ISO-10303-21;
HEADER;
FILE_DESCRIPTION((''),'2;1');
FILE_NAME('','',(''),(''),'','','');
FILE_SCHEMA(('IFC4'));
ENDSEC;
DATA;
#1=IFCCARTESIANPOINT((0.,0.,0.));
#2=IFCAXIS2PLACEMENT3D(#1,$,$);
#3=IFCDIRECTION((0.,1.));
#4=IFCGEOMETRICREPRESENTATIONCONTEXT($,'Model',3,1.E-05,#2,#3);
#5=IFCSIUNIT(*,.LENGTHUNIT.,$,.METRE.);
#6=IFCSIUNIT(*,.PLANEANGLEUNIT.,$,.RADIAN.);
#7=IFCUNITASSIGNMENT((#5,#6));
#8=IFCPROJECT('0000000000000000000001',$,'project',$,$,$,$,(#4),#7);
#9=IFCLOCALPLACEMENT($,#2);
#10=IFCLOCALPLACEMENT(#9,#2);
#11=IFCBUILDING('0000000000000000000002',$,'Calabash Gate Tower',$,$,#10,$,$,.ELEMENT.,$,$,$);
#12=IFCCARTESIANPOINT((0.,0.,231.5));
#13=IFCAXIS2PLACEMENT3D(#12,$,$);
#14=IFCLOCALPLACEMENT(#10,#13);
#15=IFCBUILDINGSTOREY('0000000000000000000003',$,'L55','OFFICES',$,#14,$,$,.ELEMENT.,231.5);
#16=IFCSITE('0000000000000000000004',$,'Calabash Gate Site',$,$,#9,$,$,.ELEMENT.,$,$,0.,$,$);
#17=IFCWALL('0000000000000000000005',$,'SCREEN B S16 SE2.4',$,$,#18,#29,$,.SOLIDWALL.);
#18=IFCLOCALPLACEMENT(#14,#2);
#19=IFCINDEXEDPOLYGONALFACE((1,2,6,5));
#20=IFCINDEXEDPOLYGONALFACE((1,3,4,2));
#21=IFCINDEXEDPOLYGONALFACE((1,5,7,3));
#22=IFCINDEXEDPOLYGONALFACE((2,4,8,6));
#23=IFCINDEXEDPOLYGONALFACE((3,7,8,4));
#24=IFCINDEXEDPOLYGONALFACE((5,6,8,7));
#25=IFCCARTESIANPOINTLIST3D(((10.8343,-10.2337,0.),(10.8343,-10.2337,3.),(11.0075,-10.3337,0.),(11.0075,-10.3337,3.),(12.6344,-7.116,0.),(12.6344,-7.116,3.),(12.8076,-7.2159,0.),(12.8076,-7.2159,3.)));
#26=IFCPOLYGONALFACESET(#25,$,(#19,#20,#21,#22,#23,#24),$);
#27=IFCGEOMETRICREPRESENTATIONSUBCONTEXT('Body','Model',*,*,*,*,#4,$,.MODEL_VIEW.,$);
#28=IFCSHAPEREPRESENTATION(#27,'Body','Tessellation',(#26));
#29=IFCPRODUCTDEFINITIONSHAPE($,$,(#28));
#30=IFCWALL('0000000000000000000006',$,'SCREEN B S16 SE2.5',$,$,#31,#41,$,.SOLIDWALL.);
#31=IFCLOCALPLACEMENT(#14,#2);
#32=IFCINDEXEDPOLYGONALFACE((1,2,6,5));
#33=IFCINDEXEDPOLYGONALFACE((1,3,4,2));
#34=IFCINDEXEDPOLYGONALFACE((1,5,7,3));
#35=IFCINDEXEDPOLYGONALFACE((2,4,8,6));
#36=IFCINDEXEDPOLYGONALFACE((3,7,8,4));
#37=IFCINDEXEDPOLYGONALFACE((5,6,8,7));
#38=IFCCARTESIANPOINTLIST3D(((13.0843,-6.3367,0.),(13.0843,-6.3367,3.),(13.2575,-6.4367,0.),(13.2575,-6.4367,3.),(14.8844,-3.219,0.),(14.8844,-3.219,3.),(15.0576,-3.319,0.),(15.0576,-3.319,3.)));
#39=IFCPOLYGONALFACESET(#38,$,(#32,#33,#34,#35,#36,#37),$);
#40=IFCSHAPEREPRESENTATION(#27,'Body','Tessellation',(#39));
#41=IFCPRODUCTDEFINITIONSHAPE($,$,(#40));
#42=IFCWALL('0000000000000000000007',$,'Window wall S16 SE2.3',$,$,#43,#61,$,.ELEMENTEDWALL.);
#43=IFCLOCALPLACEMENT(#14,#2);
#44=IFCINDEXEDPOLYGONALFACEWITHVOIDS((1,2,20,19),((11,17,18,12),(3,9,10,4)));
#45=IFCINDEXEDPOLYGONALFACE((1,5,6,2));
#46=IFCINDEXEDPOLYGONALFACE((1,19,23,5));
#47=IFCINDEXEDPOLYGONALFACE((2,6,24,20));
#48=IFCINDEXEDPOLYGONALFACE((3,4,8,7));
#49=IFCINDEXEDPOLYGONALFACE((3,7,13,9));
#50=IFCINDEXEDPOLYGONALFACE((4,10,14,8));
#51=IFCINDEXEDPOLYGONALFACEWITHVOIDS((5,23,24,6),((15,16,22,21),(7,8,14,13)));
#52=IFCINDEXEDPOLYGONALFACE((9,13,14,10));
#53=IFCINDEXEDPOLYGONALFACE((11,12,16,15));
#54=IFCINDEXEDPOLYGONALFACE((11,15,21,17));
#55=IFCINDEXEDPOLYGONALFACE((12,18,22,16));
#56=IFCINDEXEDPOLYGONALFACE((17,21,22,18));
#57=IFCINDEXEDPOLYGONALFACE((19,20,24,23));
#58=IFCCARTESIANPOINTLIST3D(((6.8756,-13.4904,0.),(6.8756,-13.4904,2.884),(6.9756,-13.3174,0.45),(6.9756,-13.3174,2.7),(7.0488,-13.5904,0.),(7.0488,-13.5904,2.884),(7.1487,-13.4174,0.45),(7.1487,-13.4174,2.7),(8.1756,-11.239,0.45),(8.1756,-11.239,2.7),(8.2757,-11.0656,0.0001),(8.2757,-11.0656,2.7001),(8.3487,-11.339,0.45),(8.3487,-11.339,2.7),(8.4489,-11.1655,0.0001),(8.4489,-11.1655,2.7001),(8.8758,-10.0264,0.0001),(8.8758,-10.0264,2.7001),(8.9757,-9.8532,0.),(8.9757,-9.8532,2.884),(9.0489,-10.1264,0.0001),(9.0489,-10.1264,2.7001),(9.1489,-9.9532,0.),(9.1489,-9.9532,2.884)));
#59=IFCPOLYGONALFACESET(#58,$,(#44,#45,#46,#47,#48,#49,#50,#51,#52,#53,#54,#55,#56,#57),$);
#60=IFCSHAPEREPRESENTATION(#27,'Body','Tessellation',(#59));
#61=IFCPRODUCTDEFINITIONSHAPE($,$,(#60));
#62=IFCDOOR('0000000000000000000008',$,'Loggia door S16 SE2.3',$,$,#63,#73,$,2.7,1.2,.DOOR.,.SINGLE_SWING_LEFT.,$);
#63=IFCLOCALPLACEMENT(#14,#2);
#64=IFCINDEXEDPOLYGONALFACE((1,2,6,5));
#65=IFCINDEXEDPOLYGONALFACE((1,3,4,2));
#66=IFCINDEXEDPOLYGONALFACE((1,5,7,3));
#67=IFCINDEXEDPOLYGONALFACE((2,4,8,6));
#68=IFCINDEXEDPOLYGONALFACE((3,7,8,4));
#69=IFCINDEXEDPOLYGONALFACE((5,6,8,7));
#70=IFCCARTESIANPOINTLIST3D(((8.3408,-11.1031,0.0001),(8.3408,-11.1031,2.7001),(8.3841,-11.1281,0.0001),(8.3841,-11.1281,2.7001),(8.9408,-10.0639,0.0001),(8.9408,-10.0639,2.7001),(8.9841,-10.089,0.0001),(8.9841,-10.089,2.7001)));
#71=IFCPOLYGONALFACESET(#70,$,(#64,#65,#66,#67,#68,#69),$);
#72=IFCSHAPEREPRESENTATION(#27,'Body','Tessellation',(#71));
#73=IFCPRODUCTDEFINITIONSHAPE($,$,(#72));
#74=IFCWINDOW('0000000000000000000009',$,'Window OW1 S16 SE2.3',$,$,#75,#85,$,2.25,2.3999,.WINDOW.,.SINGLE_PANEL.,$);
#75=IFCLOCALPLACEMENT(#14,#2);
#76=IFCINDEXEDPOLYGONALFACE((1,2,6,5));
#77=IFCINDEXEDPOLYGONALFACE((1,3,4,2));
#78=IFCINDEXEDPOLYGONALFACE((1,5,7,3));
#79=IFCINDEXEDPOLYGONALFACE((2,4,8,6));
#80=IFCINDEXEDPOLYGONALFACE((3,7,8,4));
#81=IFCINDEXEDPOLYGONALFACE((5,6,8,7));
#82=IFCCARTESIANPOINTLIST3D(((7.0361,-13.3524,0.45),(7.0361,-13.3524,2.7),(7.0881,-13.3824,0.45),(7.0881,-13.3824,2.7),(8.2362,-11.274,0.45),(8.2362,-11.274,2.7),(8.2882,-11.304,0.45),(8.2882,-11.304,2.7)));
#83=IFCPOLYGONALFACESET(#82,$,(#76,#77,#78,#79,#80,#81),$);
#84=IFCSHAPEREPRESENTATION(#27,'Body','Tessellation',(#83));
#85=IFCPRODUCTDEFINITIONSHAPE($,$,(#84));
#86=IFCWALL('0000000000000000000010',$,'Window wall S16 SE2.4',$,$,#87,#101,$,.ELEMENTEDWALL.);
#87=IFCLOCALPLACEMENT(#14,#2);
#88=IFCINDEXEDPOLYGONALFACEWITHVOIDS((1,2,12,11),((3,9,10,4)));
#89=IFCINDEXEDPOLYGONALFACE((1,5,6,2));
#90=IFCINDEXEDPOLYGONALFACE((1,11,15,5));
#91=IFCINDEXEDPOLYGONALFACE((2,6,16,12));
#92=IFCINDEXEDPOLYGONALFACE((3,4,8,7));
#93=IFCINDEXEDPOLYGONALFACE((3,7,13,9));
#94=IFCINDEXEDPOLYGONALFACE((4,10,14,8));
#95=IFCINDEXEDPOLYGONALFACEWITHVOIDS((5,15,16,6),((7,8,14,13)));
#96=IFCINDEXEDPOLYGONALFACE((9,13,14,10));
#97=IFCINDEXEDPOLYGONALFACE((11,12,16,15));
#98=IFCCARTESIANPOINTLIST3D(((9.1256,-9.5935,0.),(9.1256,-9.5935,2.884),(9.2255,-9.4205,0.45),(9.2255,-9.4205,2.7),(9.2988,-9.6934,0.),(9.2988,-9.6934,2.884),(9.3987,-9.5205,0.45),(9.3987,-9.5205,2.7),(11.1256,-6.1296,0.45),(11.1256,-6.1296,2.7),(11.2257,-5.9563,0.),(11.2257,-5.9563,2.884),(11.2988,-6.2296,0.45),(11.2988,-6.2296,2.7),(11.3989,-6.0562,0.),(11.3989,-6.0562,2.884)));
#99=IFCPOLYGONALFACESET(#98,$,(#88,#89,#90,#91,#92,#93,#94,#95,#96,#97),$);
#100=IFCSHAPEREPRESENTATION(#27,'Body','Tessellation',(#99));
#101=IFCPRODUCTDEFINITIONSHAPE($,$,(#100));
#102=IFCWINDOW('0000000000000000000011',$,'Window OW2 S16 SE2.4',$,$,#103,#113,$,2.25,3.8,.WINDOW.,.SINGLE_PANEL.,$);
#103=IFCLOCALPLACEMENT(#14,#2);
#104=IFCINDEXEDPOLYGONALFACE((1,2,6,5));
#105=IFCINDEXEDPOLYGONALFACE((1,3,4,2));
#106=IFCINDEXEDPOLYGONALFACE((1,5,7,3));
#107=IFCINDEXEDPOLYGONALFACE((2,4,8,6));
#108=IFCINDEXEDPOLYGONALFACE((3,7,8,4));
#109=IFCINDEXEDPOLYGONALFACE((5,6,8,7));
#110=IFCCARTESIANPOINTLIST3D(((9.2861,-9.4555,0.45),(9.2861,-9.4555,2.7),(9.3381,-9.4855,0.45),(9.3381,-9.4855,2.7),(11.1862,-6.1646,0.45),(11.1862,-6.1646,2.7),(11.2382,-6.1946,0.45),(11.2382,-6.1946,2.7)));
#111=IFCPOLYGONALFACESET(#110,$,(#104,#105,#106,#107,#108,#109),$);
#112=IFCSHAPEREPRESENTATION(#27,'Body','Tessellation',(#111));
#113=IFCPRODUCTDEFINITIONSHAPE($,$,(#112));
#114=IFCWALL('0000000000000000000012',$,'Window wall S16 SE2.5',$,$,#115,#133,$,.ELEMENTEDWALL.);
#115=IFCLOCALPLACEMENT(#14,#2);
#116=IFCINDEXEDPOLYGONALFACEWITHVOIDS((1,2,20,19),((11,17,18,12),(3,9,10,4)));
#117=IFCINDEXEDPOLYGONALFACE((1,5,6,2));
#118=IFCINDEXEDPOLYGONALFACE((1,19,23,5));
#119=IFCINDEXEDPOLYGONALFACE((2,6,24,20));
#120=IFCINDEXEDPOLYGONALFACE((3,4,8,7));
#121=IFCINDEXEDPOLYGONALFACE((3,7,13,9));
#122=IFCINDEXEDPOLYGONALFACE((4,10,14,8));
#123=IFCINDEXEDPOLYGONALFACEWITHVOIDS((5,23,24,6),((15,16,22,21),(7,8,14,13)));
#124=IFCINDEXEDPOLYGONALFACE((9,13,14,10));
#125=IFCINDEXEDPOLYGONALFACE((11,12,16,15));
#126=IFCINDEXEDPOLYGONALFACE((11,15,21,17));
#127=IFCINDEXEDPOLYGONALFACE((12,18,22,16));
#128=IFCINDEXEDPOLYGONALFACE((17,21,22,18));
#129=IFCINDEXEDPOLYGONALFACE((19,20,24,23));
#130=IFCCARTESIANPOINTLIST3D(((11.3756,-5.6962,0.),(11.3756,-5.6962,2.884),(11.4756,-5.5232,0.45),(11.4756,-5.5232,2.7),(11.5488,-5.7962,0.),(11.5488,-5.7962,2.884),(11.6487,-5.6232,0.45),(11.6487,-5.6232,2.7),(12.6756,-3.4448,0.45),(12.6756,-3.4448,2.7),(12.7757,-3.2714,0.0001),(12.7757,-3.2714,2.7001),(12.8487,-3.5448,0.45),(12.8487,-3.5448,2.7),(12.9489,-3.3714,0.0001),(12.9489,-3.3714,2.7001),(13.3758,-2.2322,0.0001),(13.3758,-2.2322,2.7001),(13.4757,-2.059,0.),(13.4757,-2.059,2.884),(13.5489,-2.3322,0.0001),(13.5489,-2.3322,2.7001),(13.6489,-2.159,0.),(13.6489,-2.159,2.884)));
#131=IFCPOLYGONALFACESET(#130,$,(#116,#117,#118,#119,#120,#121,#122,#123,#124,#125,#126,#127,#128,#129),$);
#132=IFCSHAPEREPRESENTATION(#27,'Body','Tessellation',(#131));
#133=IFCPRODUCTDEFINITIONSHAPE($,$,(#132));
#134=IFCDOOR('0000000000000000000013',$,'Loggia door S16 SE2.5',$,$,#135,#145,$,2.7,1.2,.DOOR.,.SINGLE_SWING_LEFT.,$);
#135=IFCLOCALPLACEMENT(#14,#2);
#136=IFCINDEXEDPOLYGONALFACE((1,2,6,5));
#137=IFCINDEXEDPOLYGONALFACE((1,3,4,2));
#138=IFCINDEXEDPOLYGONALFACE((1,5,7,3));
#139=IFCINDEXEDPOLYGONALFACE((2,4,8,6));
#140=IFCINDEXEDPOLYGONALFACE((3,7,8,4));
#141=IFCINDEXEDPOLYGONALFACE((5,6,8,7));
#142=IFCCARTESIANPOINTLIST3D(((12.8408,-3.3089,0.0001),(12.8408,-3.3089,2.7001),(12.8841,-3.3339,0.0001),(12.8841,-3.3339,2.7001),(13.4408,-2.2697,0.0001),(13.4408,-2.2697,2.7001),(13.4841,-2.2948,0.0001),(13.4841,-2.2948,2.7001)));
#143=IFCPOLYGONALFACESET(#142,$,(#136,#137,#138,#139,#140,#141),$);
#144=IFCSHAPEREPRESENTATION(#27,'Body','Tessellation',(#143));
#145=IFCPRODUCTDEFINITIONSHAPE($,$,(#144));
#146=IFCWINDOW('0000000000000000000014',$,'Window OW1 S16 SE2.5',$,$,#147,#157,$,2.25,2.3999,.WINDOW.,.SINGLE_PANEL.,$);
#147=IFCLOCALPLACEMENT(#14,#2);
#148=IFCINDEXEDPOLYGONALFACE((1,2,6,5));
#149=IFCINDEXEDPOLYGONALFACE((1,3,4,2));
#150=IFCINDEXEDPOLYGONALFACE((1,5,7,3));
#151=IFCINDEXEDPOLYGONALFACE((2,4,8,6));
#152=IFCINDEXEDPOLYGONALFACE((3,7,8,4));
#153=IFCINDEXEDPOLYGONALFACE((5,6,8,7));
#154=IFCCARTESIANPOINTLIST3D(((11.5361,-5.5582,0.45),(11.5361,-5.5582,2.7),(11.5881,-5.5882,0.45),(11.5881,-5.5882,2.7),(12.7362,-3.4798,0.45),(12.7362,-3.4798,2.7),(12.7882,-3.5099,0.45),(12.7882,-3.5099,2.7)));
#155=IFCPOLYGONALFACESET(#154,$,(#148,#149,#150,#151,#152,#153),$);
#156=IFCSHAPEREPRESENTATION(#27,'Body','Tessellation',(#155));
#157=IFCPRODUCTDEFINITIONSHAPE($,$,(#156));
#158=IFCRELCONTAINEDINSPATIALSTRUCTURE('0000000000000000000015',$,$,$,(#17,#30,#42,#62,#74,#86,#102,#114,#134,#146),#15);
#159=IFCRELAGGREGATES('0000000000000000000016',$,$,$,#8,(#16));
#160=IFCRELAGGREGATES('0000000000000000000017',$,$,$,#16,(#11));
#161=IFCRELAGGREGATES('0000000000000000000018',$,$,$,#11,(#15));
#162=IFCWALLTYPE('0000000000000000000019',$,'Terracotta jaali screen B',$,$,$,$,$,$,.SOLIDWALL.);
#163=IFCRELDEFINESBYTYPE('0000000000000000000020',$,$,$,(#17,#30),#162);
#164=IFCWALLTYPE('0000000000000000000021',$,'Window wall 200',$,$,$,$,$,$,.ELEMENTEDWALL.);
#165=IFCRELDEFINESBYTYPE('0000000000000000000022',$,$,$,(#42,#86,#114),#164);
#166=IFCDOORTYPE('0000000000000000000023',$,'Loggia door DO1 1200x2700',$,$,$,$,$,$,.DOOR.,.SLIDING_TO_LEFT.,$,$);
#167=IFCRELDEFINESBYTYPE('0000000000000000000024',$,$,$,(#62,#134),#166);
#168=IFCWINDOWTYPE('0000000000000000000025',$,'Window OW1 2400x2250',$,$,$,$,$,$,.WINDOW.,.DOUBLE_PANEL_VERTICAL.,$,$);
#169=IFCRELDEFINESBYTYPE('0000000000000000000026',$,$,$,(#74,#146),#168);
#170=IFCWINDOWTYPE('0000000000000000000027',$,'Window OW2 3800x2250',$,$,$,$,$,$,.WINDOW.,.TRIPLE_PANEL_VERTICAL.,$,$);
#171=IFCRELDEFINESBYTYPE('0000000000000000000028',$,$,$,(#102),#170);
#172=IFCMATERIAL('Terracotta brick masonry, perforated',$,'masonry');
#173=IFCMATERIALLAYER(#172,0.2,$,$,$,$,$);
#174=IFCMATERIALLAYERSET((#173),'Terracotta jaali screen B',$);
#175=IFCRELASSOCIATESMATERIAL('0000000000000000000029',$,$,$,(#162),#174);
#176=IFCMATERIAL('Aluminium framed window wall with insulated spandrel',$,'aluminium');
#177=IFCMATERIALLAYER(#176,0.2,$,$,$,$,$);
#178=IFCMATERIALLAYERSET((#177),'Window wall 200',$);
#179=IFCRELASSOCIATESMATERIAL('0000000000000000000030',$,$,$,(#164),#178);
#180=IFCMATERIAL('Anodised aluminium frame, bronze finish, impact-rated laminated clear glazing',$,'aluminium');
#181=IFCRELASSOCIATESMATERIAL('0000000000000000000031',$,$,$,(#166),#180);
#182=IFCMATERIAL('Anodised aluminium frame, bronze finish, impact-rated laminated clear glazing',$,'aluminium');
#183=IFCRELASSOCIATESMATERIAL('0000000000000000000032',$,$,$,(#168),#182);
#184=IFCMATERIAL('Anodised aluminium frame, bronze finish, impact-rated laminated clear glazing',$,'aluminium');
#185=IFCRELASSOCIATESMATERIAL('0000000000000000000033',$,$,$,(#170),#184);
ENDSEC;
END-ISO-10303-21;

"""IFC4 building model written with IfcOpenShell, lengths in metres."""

from ifc_helpers import new_model, si_unit, direction, frame, frame_2d, origin, place, context, subcontext, project, spatial, rectangle, extrude, material, layer, layer_set, type_object, element, fill, save


model = new_model("IFC4")

# Units and contexts
model_context = context("Model", 3, precision=1e-05, world=origin(), true_north=direction((0.0, 1.0)))
body_context = subcontext(model_context, "Body", "Model", "MODEL_VIEW")
ifc_project = project(units=[si_unit("LENGTHUNIT", "METRE"), si_unit("PLANEANGLEUNIT", "RADIAN")], contexts=[model_context])

# Site, building, storey
site_placement = place(None, origin())
site = spatial("IfcSite", under=ifc_project, at=site_placement, Name="Calabash Gate Site", CompositionType="ELEMENT", RefElevation=0.0)
building_placement = place(site_placement, origin())
building = spatial("IfcBuilding", under=site, at=building_placement, Name="Calabash Gate Tower", CompositionType="ELEMENT")
storey_placement = place(building_placement, frame((0.0, 0.0, 231.5)))
storey = spatial("IfcBuildingStorey", under=building, at=storey_placement, Name="L55", Description="OFFICES", CompositionType="ELEMENT", Elevation=231.5)

# Walls
ifc_material_1 = material(Name="Terracotta brick masonry, perforated", Category="masonry")
ifc_layer_1 = layer(ifc_material_1, 0.2)
ifc_layer_set_1 = layer_set([ifc_layer_1], Name="Terracotta jaali screen B")
wall_type_1 = type_object("IfcWallType", Name="Terracotta jaali screen B", PredefinedType="SOLIDWALL", material=ifc_layer_set_1)
for number, where, z_axis, x_axis, name in (
    (1, (10.9209, -10.2837, 0.0), (0.0, 0.0, 1.0), (0.500012, 0.866018, 0.0), "SCREEN B S16 SE2.4"),
    (2, (13.1709, -6.3867, 0.0), (0.0, 0.0, 1.0), (0.500012, 0.866018, 0.0), "SCREEN B S16 SE2.5"),
):
    element("IfcWall", number, at=place(storey_placement, frame(where, z_axis=z_axis, x_axis=x_axis)), inside=storey, type_object=wall_type_1, Name=name, PredefinedType="SOLIDWALL", context=body_context, shape_type="SweptSolid", body=[
        extrude(rectangle(XDim=3.6001, YDim=0.2, at=frame_2d((1.8, 0.0))), origin(), (0.0, 0.0, 1.0), 3.0),
    ])

# Wall, openings, door, window
ifc_material_2 = material(Name="Aluminium framed window wall with insulated spandrel", Category="aluminium")
ifc_layer_2 = layer(ifc_material_2, 0.2)
ifc_layer_set_2 = layer_set([ifc_layer_2], Name="Window wall 200")
wall_type_2 = type_object("IfcWallType", Name="Window wall 200", PredefinedType="ELEMENTEDWALL", material=ifc_layer_set_2)
wall_1_placement = place(storey_placement, frame((6.9622, -13.5405, 0.0), z_axis=(0.0, 0.0, 1.0), x_axis=(0.500028, 0.866009, 0.0)))
wall_1 = element("IfcWall", 3, at=wall_1_placement, inside=storey, type_object=wall_type_2, Name="Window wall S16 SE2.3", PredefinedType="ELEMENTEDWALL", context=body_context, shape_type="SweptSolid", body=[
    extrude(rectangle(XDim=4.2, YDim=0.2, at=frame_2d((2.1001, 0.0))), origin(), (0.0, 0.0, 1.0), 2.884),
])
opening_1_placement = place(wall_1_placement, frame((0.2, 0.0, 0.45)))
opening_1 = element("IfcOpeningElement", 4, at=opening_1_placement, cuts=wall_1, PredefinedType="OPENING", context=body_context, shape_type="SweptSolid", body=[
    extrude(rectangle(XDim=2.3999, YDim=2.25, at=frame_2d((1.2, 1.125))), frame((0.0, 0.1099, 0.0), z_axis=(0.0, -1.0, 0.0), x_axis=(1.0, 0.0, 0.0)), (0.0, 0.0, 1.0), 0.22),
])
opening_2_placement = place(wall_1_placement, frame((2.8, 0.0, 0.0)))
opening_2 = element("IfcOpeningElement", 5, at=opening_2_placement, cuts=wall_1, PredefinedType="OPENING", context=body_context, shape_type="SweptSolid", body=[
    extrude(rectangle(XDim=1.2, YDim=2.7, at=frame_2d((0.6001, 1.3501))), frame((0.0, 0.1099, 0.0), z_axis=(0.0, -1.0, 0.0), x_axis=(1.0, 0.0, 0.0)), (0.0, 0.0, 1.0), 0.22),
])
ifc_material_3 = material(Name="Anodised aluminium frame, bronze finish, impact-rated laminated clear glazing", Category="aluminium")
door_type_1 = type_object("IfcDoorType", Name="Loggia door DO1 1200x2700", OperationType="SLIDING_TO_LEFT", PredefinedType="DOOR", material=ifc_material_3)
door_1_placement = place(opening_2_placement, origin())
door_1 = element("IfcDoor", 6, at=door_1_placement, inside=storey, type_object=door_type_1, Name="Loggia door S16 SE2.3", OperationType="SINGLE_SWING_LEFT", OverallHeight=2.7, OverallWidth=1.2, PredefinedType="DOOR", context=body_context, shape_type="SweptSolid", body=[
    extrude(rectangle(XDim=1.2, YDim=2.7, at=frame_2d((0.6001, 1.3501))), frame((0.0, 0.0249, 0.0), z_axis=(0.0, -1.0, 0.0), x_axis=(1.0, 0.0, 0.0)), (0.0, 0.0, 1.0), 0.05),
])
fill(opening_2, door_1)
ifc_material_4 = material(Name="Anodised aluminium frame, bronze finish, impact-rated laminated clear glazing", Category="aluminium")
window_type_1 = type_object("IfcWindowType", Name="Window OW1 2400x2250", PartitioningType="DOUBLE_PANEL_VERTICAL", PredefinedType="WINDOW", material=ifc_material_4)
window_1_placement = place(opening_1_placement, origin())
window_1 = element("IfcWindow", 7, at=window_1_placement, inside=storey, type_object=window_type_1, Name="Window OW1 S16 SE2.3", OverallHeight=2.25, OverallWidth=2.3999, PartitioningType="SINGLE_PANEL", PredefinedType="WINDOW", context=body_context, shape_type="SweptSolid", body=[
    extrude(rectangle(XDim=2.3999, YDim=2.25, at=frame_2d((1.2, 1.125))), frame((0.0, 0.03, 0.0), z_axis=(0.0, -1.0, 0.0), x_axis=(1.0, 0.0, 0.0)), (0.0, 0.0, 1.0), 0.0601),
])
fill(opening_1, window_1)

# Wall, opening, window
wall_2_placement = place(storey_placement, frame((9.2122, -9.6436, 0.0), z_axis=(0.0, 0.0, 1.0), x_axis=(0.500028, 0.866009, 0.0)))
wall_2 = element("IfcWall", 8, at=wall_2_placement, inside=storey, type_object=wall_type_2, Name="Window wall S16 SE2.4", PredefinedType="ELEMENTEDWALL", context=body_context, shape_type="SweptSolid", body=[
    extrude(rectangle(XDim=4.2, YDim=0.2, at=frame_2d((2.1001, 0.0))), origin(), (0.0, 0.0, 1.0), 2.884),
])
opening_3_placement = place(wall_2_placement, frame((0.2, 0.0, 0.45)))
opening_3 = element("IfcOpeningElement", 9, at=opening_3_placement, cuts=wall_2, PredefinedType="OPENING", context=body_context, shape_type="SweptSolid", body=[
    extrude(rectangle(XDim=3.8, YDim=2.25, at=frame_2d((1.8999, 1.125))), frame((0.0, 0.1099, 0.0), z_axis=(0.0, -1.0, 0.0), x_axis=(1.0, 0.0, 0.0)), (0.0, 0.0, 1.0), 0.22),
])
ifc_material_5 = material(Name="Anodised aluminium frame, bronze finish, impact-rated laminated clear glazing", Category="aluminium")
window_type_2 = type_object("IfcWindowType", Name="Window OW2 3800x2250", PartitioningType="TRIPLE_PANEL_VERTICAL", PredefinedType="WINDOW", material=ifc_material_5)
window_2_placement = place(opening_3_placement, origin())
window_2 = element("IfcWindow", 10, at=window_2_placement, inside=storey, type_object=window_type_2, Name="Window OW2 S16 SE2.4", OverallHeight=2.25, OverallWidth=3.8, PartitioningType="SINGLE_PANEL", PredefinedType="WINDOW", context=body_context, shape_type="SweptSolid", body=[
    extrude(rectangle(XDim=3.8, YDim=2.25, at=frame_2d((1.8999, 1.125))), frame((0.0, 0.03, 0.0), z_axis=(0.0, -1.0, 0.0), x_axis=(1.0, 0.0, 0.0)), (0.0, 0.0, 1.0), 0.0601),
])
fill(opening_3, window_2)

# Wall, openings, door, window
wall_3_placement = place(storey_placement, frame((11.4622, -5.7463, 0.0), z_axis=(0.0, 0.0, 1.0), x_axis=(0.500028, 0.866009, 0.0)))
wall_3 = element("IfcWall", 11, at=wall_3_placement, inside=storey, type_object=wall_type_2, Name="Window wall S16 SE2.5", PredefinedType="ELEMENTEDWALL", context=body_context, shape_type="SweptSolid", body=[
    extrude(rectangle(XDim=4.2, YDim=0.2, at=frame_2d((2.1001, 0.0))), origin(), (0.0, 0.0, 1.0), 2.884),
])
opening_4_placement = place(wall_3_placement, frame((0.2, 0.0, 0.45)))
opening_4 = element("IfcOpeningElement", 12, at=opening_4_placement, cuts=wall_3, PredefinedType="OPENING", context=body_context, shape_type="SweptSolid", body=[
    extrude(rectangle(XDim=2.3999, YDim=2.25, at=frame_2d((1.2, 1.125))), frame((0.0, 0.1099, 0.0), z_axis=(0.0, -1.0, 0.0), x_axis=(1.0, 0.0, 0.0)), (0.0, 0.0, 1.0), 0.22),
])
opening_5_placement = place(wall_3_placement, frame((2.8, 0.0, 0.0)))
opening_5 = element("IfcOpeningElement", 13, at=opening_5_placement, cuts=wall_3, PredefinedType="OPENING", context=body_context, shape_type="SweptSolid", body=[
    extrude(rectangle(XDim=1.2, YDim=2.7, at=frame_2d((0.6001, 1.3501))), frame((0.0, 0.1099, 0.0), z_axis=(0.0, -1.0, 0.0), x_axis=(1.0, 0.0, 0.0)), (0.0, 0.0, 1.0), 0.22),
])
door_2_placement = place(opening_5_placement, origin())
door_2 = element("IfcDoor", 14, at=door_2_placement, inside=storey, type_object=door_type_1, Name="Loggia door S16 SE2.5", OperationType="SINGLE_SWING_LEFT", OverallHeight=2.7, OverallWidth=1.2, PredefinedType="DOOR", context=body_context, shape_type="SweptSolid", body=[
    extrude(rectangle(XDim=1.2, YDim=2.7, at=frame_2d((0.6001, 1.3501))), frame((0.0, 0.0249, 0.0), z_axis=(0.0, -1.0, 0.0), x_axis=(1.0, 0.0, 0.0)), (0.0, 0.0, 1.0), 0.05),
])
fill(opening_5, door_2)
window_3_placement = place(opening_4_placement, origin())
window_3 = element("IfcWindow", 15, at=window_3_placement, inside=storey, type_object=window_type_1, Name="Window OW1 S16 SE2.5", OverallHeight=2.25, OverallWidth=2.3999, PartitioningType="SINGLE_PANEL", PredefinedType="WINDOW", context=body_context, shape_type="SweptSolid", body=[
    extrude(rectangle(XDim=2.3999, YDim=2.25, at=frame_2d((1.2, 1.125))), frame((0.0, 0.03, 0.0), z_axis=(0.0, -1.0, 0.0), x_axis=(1.0, 0.0, 0.0)), (0.0, 0.0, 1.0), 0.0601),
])
fill(opening_4, window_3)

save(model, "model.ifc")
